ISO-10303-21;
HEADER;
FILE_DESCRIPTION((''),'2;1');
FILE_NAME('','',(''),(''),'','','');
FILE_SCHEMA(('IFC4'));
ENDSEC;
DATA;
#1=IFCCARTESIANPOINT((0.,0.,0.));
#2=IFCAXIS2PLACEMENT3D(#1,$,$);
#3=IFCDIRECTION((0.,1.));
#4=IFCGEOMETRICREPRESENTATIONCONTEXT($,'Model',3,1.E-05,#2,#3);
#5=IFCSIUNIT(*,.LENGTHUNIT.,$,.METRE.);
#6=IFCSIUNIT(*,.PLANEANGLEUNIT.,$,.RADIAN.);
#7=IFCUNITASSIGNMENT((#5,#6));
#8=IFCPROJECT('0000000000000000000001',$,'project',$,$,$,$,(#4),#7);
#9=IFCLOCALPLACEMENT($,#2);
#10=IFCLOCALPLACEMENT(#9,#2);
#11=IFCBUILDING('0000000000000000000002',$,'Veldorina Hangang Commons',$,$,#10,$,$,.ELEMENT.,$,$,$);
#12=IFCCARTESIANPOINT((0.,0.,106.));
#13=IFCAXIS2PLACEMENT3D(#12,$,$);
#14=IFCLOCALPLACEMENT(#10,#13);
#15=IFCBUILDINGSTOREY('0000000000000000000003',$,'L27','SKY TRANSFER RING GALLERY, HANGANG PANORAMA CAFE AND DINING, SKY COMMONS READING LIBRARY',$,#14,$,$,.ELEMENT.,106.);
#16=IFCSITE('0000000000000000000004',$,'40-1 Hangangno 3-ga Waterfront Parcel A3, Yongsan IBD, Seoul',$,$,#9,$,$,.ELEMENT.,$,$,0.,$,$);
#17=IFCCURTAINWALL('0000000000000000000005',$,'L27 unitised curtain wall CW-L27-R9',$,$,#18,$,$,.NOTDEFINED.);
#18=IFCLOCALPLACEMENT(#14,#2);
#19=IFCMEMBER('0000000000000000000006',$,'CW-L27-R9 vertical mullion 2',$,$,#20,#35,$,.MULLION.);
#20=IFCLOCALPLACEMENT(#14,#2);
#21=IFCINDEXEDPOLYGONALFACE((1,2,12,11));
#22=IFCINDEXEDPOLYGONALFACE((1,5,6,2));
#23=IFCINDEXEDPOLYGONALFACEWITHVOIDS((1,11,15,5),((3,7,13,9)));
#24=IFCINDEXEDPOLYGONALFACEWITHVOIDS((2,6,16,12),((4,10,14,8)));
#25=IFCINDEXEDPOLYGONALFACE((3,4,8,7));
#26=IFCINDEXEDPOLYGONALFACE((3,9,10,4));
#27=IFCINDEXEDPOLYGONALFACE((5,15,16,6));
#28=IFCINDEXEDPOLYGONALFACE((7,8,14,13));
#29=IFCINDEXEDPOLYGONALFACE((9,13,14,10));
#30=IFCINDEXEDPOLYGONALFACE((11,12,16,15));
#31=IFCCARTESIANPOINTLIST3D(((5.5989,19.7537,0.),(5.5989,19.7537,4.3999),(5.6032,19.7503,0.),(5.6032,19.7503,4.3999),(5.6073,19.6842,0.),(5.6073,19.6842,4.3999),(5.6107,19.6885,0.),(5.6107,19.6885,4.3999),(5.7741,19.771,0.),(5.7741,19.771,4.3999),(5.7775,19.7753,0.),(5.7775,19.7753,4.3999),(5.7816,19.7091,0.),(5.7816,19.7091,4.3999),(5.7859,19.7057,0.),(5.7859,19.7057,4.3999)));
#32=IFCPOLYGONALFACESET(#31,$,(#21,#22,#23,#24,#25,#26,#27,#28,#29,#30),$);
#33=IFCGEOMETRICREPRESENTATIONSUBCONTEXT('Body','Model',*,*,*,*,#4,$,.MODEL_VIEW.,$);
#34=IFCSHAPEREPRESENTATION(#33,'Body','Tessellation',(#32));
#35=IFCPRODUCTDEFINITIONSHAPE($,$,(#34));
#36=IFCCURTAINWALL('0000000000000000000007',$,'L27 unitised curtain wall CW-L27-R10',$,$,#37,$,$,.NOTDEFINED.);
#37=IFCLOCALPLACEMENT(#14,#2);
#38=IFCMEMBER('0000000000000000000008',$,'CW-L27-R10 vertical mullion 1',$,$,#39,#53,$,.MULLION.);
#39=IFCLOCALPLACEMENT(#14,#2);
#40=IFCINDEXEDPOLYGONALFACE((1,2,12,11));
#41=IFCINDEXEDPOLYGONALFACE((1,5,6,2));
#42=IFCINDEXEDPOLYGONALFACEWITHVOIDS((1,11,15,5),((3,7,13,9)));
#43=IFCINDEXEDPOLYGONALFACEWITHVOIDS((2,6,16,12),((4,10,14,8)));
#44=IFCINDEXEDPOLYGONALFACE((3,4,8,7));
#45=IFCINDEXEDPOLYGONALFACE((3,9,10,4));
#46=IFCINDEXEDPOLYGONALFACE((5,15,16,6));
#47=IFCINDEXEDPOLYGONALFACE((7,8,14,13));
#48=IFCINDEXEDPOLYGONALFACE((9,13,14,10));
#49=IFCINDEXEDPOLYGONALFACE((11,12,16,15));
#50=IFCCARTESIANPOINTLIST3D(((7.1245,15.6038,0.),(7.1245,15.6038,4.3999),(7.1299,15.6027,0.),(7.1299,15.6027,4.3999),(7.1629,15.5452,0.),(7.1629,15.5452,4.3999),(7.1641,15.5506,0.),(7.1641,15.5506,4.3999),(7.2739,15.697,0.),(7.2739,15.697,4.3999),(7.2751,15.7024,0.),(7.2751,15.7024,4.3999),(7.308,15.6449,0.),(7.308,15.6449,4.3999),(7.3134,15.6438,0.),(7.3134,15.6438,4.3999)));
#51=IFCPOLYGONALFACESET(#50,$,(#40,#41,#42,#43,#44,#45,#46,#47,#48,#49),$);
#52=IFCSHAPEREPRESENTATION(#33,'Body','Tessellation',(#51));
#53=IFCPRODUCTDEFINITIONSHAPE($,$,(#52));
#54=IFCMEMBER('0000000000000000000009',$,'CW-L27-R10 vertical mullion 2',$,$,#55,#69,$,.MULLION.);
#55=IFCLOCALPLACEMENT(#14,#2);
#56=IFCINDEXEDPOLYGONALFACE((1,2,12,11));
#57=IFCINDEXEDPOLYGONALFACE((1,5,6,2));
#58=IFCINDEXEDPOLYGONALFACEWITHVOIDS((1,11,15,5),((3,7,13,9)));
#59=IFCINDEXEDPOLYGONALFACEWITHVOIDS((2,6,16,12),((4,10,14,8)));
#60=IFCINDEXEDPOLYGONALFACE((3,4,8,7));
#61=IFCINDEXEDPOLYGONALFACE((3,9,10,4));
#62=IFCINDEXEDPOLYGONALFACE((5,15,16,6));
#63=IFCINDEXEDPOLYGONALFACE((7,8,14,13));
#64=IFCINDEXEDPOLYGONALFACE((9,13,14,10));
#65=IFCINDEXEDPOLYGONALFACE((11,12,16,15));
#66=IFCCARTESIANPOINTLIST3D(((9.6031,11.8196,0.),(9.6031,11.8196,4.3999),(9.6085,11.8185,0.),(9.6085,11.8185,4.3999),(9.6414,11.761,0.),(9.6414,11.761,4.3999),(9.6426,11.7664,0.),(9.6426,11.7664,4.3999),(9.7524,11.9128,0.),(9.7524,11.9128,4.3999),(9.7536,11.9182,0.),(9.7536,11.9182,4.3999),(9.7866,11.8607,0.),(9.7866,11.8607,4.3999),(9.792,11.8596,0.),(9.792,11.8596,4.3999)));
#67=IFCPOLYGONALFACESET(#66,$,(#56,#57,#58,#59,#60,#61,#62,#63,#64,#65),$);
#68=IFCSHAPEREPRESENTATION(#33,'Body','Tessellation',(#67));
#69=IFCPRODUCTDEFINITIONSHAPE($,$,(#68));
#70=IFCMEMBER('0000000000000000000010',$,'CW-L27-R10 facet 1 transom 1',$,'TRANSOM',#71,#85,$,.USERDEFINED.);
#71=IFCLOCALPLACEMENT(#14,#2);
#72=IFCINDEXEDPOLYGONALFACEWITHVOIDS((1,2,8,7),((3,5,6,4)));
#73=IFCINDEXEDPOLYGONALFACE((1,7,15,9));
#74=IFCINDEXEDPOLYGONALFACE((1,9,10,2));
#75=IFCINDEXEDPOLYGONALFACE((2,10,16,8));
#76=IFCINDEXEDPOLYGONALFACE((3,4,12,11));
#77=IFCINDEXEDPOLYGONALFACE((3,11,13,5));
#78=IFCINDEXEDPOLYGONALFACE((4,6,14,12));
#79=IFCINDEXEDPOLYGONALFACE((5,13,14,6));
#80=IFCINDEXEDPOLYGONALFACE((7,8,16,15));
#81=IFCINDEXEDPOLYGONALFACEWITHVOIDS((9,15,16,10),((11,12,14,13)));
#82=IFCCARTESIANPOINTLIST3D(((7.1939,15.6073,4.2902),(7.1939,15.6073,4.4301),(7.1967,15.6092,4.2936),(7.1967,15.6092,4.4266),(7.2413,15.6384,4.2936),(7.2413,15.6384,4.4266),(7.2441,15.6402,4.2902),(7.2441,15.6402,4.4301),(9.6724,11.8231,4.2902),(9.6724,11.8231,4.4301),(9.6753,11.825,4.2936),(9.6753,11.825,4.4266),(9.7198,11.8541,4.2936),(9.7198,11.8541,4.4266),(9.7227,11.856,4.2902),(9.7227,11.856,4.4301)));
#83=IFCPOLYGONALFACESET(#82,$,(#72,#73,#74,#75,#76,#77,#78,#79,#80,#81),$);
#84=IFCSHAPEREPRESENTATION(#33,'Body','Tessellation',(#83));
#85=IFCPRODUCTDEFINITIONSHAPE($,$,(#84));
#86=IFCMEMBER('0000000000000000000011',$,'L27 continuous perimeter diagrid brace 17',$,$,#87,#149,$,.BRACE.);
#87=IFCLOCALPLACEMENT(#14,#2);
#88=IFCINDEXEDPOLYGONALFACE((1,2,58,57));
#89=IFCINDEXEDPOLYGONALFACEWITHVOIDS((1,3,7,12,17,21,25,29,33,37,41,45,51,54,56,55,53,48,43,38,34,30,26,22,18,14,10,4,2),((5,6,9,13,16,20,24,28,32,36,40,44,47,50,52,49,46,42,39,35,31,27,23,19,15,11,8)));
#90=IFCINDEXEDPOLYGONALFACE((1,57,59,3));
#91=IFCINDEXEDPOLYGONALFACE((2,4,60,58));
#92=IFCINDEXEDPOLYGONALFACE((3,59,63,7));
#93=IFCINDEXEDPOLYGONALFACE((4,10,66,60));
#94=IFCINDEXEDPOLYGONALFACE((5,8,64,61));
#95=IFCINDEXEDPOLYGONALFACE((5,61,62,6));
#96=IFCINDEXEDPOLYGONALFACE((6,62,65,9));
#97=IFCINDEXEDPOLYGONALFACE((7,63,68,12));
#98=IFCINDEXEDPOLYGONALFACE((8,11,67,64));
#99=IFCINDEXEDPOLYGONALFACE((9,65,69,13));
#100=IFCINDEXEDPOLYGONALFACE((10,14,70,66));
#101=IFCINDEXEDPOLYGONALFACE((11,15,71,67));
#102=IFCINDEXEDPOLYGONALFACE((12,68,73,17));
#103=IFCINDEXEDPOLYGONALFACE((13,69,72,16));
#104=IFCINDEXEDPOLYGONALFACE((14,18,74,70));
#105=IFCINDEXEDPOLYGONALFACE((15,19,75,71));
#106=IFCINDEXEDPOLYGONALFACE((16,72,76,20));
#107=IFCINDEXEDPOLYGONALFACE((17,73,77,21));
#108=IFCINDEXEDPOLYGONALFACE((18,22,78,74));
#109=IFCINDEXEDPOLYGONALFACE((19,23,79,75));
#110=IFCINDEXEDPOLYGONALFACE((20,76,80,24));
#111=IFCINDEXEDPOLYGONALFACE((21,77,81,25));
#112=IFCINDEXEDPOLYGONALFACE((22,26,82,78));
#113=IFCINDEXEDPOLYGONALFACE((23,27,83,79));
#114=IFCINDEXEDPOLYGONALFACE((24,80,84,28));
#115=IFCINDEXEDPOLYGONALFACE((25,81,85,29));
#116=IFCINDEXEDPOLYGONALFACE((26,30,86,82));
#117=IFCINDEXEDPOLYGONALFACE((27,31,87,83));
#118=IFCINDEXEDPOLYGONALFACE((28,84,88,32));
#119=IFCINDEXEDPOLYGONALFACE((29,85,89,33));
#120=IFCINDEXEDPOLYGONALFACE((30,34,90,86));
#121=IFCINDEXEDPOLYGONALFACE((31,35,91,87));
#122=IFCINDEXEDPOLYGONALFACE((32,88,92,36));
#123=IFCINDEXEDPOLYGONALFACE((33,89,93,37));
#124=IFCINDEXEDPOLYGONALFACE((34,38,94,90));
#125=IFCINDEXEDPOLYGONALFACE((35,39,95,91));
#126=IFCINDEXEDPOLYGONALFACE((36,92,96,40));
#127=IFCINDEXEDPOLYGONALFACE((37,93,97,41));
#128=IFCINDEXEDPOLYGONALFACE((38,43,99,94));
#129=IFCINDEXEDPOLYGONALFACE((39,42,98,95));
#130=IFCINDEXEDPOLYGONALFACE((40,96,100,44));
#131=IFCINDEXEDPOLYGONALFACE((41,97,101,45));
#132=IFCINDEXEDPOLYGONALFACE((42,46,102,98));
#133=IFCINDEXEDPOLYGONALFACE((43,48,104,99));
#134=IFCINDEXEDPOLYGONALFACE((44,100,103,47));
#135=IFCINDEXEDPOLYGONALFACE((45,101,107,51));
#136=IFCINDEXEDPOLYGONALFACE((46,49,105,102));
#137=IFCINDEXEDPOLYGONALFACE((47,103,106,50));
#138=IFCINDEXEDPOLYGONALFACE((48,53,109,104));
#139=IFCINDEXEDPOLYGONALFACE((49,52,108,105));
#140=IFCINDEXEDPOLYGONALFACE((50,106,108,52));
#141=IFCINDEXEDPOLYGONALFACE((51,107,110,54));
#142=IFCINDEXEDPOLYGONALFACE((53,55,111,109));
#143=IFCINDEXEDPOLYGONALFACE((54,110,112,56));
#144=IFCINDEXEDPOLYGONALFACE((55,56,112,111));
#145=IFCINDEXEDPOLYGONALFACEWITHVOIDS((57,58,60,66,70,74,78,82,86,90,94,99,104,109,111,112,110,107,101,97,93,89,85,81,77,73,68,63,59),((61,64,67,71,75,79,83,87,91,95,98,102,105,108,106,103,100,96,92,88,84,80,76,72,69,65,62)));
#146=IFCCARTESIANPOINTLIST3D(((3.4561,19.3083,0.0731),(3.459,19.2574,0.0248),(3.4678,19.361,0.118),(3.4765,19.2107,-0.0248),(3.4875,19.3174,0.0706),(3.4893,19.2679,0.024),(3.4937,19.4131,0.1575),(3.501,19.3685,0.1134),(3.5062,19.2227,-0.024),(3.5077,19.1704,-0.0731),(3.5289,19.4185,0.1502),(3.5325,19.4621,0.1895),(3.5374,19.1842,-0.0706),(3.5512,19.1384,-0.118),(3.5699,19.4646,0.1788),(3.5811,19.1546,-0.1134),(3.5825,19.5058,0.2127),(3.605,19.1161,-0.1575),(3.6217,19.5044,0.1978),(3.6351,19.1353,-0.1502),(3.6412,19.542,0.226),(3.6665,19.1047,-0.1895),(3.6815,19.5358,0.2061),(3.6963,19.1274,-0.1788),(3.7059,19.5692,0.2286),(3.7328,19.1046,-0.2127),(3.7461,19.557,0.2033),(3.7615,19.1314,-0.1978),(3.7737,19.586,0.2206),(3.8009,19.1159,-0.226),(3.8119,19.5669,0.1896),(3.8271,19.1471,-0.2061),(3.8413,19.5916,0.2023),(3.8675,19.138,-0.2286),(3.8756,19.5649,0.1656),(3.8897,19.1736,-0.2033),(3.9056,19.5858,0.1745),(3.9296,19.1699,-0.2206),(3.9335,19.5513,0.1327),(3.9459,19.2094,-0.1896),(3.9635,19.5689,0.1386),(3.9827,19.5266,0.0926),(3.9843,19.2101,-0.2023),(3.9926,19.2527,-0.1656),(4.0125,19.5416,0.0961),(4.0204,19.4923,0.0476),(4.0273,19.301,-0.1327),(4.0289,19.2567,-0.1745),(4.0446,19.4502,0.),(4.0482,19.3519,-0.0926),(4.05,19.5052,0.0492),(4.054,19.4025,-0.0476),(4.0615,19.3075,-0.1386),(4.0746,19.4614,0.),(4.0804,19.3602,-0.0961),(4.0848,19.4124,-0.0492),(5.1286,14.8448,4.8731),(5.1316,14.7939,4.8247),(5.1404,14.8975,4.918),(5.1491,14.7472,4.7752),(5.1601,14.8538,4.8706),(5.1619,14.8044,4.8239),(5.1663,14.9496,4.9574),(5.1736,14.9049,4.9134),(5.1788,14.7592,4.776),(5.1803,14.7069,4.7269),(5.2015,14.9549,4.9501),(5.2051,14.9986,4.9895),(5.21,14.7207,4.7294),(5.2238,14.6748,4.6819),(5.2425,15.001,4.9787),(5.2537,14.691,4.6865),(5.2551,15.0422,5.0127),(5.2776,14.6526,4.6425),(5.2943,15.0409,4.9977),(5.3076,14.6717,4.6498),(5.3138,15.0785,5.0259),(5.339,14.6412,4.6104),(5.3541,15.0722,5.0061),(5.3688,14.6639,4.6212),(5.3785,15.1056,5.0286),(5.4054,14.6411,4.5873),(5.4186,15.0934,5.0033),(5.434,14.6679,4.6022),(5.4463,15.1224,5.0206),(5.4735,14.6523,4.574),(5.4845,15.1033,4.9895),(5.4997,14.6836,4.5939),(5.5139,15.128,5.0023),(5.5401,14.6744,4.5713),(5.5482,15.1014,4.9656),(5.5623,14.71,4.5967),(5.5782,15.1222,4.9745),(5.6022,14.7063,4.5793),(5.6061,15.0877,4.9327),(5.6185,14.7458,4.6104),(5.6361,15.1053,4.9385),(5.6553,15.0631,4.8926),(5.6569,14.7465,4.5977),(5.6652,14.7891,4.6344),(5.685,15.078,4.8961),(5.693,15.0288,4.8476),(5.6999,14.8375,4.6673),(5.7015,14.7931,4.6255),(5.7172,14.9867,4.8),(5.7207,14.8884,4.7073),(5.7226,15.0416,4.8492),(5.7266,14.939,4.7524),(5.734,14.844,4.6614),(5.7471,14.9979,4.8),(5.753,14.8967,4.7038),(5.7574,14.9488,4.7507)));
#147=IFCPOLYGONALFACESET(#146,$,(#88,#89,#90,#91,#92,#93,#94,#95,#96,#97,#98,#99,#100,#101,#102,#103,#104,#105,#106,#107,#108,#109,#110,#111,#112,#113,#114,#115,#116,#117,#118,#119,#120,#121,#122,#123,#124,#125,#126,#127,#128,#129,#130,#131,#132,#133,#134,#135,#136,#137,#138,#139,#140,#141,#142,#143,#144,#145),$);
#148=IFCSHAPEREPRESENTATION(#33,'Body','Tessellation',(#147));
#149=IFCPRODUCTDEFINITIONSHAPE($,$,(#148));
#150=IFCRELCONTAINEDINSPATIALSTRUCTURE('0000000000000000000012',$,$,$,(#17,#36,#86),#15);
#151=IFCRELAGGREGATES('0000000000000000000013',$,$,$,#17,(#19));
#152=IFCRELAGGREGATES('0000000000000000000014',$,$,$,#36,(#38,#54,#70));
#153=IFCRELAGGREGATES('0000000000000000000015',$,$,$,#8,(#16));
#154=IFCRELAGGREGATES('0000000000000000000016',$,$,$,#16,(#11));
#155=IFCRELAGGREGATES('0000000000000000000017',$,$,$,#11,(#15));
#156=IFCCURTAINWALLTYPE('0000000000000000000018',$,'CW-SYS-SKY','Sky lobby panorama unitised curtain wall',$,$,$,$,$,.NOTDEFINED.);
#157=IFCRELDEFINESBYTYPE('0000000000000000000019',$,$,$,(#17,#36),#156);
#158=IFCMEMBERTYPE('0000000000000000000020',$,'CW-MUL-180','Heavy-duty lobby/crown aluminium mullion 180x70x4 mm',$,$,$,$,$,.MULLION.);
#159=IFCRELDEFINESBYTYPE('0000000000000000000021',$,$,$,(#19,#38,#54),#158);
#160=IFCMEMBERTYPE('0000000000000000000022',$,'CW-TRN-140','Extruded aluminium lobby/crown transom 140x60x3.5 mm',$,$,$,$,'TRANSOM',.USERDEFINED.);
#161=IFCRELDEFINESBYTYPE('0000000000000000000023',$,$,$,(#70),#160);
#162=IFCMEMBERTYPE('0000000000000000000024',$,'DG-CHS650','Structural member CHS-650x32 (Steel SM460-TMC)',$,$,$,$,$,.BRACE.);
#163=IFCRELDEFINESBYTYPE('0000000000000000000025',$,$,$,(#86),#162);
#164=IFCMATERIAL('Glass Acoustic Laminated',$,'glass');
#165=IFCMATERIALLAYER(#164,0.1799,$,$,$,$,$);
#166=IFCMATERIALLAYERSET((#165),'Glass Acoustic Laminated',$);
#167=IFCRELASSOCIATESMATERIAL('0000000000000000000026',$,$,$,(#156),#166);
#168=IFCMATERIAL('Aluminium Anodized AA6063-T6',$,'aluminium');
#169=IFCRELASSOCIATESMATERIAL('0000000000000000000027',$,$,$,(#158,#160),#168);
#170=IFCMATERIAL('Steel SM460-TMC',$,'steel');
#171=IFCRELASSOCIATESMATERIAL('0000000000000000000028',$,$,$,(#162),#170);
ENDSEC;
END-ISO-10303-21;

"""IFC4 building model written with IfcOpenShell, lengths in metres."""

from ifc_helpers import new_model, si_unit, direction, frame, origin, origin_2d, place, context, subcontext, project, spatial, hollow_rectangle, hollow_circle, extrude, material, layer, layer_set, material_profile, profile_set, type_object, element, aggregate, save


model = new_model("IFC4")

# Units and contexts
model_context = context("Model", 3, precision=1e-05, world=origin(), true_north=direction((0.0, 1.0)))
body_context = subcontext(model_context, "Body", "Model", "MODEL_VIEW")
ifc_project = project(units=[si_unit("LENGTHUNIT", "METRE"), si_unit("PLANEANGLEUNIT", "RADIAN")], contexts=[model_context])

# Site, building, storey
site_placement = place(None, origin())
site = spatial("IfcSite", under=ifc_project, at=site_placement, Name="40-1 Hangangno 3-ga Waterfront Parcel A3, Yongsan IBD, Seoul", CompositionType="ELEMENT", RefElevation=0.0)
building_placement = place(site_placement, origin())
building = spatial("IfcBuilding", under=site, at=building_placement, Name="Veldorina Hangang Commons", CompositionType="ELEMENT")
storey_placement = place(building_placement, frame((0.0, 0.0, 106.0)))
storey = spatial("IfcBuildingStorey", under=building, at=storey_placement, Name="L27", Description="SKY TRANSFER RING GALLERY, HANGANG PANORAMA CAFE AND DINING, SKY COMMONS READING LIBRARY", CompositionType="ELEMENT", Elevation=106.0)

# Curtain wall, member
ifc_material_1 = material(Name="Glass Acoustic Laminated", Category="glass")
ifc_layer_1 = layer(ifc_material_1, 0.1799)
ifc_layer_set_1 = layer_set([ifc_layer_1], Name="Glass Acoustic Laminated")
curtain_wall_type = type_object("IfcCurtainWallType", Name="CW-SYS-SKY", Description="Sky lobby panorama unitised curtain wall", PredefinedType="NOTDEFINED", material=ifc_layer_set_1)
curtain_wall_1_placement = place(storey_placement, origin())
curtain_wall_1 = element("IfcCurtainWall", 1, at=curtain_wall_1_placement, inside=storey, type_object=curtain_wall_type, Name="L27 unitised curtain wall CW-L27-R9", PredefinedType="NOTDEFINED")
ifc_material_2 = material(Name="Aluminium Anodized AA6063-T6", Category="aluminium")
ifc_material_profile_1 = material_profile(ifc_material_2, hollow_rectangle(XDim=0.0701, YDim=0.1799, WallThickness=0.0039, at=origin_2d()), Name="ALU-RHS-180x70x4")
ifc_profile_set_1 = profile_set([ifc_material_profile_1], Name="Aluminium Anodized AA6063-T6")
member_type_1 = type_object("IfcMemberType", Name="CW-MUL-180", Description="Heavy-duty lobby/crown aluminium mullion 180x70x4 mm", PredefinedType="MULLION", material=ifc_profile_set_1)
member_1_placement = place(storey_placement, frame((5.6924, 19.7297, 0.0), z_axis=(0.0, 0.0, 1.0), x_axis=(-0.119825, 0.992795, 0.0)))
member_1 = element("IfcMember", 2, at=member_1_placement, type_object=member_type_1, Name="CW-L27-R9 vertical mullion 2", PredefinedType="MULLION", context=body_context, shape_type="SweptSolid", body=[
    extrude(hollow_rectangle(XDim=0.0701, YDim=0.1799, WallThickness=0.0039, at=origin_2d()), origin(), (0.0, 0.0, 1.0), 4.3999),
])

# Curtain wall, members
curtain_wall_2_placement = place(storey_placement, origin())
curtain_wall_2 = element("IfcCurtainWall", 3, at=curtain_wall_2_placement, inside=storey, type_object=curtain_wall_type, Name="L27 unitised curtain wall CW-L27-R10", PredefinedType="NOTDEFINED")
member_2_placement = place(storey_placement, frame((7.219, 15.6238, 0.0), z_axis=(0.0, 0.0, 1.0), x_axis=(0.547928, -0.836525, 0.0)))
member_2 = element("IfcMember", 4, at=member_2_placement, type_object=member_type_1, Name="CW-L27-R10 vertical mullion 1", PredefinedType="MULLION", context=body_context, shape_type="SweptSolid", body=[
    extrude(hollow_rectangle(XDim=0.0701, YDim=0.1799, WallThickness=0.0039, at=origin_2d()), origin(), (0.0, 0.0, 1.0), 4.3999),
])
member_3_placement = place(storey_placement, frame((9.6975, 11.8396, 0.0), z_axis=(0.0, 0.0, 1.0), x_axis=(-0.547928, 0.836525, 0.0)))
member_3 = element("IfcMember", 5, at=member_3_placement, type_object=member_type_1, Name="CW-L27-R10 vertical mullion 2", PredefinedType="MULLION", context=body_context, shape_type="SweptSolid", body=[
    extrude(hollow_rectangle(XDim=0.0701, YDim=0.1799, WallThickness=0.0039, at=origin_2d()), origin(), (0.0, 0.0, 1.0), 4.3999),
])
ifc_material_profile_2 = material_profile(ifc_material_2, hollow_rectangle(XDim=0.0601, YDim=0.1399, WallThickness=0.0034, at=origin_2d()), Name="ALU-RHS-140x60x3.5")
ifc_profile_set_2 = profile_set([ifc_material_profile_2], Name="Aluminium Anodized AA6063-T6")
member_type_2 = type_object("IfcMemberType", Name="CW-TRN-140", Description="Extruded aluminium lobby/crown transom 140x60x3.5 mm", ElementType="TRANSOM", PredefinedType="USERDEFINED", material=ifc_profile_set_2)
member_4_placement = place(storey_placement, frame((7.219, 15.6238, 4.3601), z_axis=(0.547906, -0.83654, 0.0), x_axis=(0.83654, 0.547906, 0.0)))
member_4 = element("IfcMember", 6, at=member_4_placement, type_object=member_type_2, Name="CW-L27-R10 facet 1 transom 1", ObjectType="TRANSOM", PredefinedType="USERDEFINED", context=body_context, shape_type="SweptSolid", body=[
    extrude(hollow_rectangle(XDim=0.0601, YDim=0.1399, WallThickness=0.0034, at=origin_2d()), origin(), (0.0, 0.0, 1.0), 4.5237),
])

# Member
ifc_material_3 = material(Name="Steel SM460-TMC", Category="steel")
ifc_material_profile_3 = material_profile(ifc_material_3, hollow_circle(Radius=0.325, WallThickness=0.032, at=origin_2d()), Name="CHS-650x32")
ifc_profile_set_3 = profile_set([ifc_material_profile_3], Name="Steel SM460-TMC")
member_type_3 = type_object("IfcMemberType", Name="DG-CHS650", Description="Structural member CHS-650x32 (Steel SM460-TMC)", PredefinedType="BRACE", material=ifc_profile_set_3)
member_5_placement = place(storey_placement, frame((3.7703, 19.3474, 0.0), z_axis=(0.247253, -0.659834, 0.709566), x_axis=(0.936415, 0.350893, 0.0)))
element("IfcMember", 7, at=member_5_placement, inside=storey, type_object=member_type_3, Name="L27 continuous perimeter diagrid brace 17", PredefinedType="BRACE", context=body_context, shape_type="SweptSolid", body=[
    extrude(hollow_circle(Radius=0.325, WallThickness=0.032, at=origin_2d()), origin(), (0.0, 0.0, 1.0), 6.7646),
])

aggregate(curtain_wall_1, [member_1])
aggregate(curtain_wall_2, [member_2, member_3, member_4])

save(model, "model.ifc")
